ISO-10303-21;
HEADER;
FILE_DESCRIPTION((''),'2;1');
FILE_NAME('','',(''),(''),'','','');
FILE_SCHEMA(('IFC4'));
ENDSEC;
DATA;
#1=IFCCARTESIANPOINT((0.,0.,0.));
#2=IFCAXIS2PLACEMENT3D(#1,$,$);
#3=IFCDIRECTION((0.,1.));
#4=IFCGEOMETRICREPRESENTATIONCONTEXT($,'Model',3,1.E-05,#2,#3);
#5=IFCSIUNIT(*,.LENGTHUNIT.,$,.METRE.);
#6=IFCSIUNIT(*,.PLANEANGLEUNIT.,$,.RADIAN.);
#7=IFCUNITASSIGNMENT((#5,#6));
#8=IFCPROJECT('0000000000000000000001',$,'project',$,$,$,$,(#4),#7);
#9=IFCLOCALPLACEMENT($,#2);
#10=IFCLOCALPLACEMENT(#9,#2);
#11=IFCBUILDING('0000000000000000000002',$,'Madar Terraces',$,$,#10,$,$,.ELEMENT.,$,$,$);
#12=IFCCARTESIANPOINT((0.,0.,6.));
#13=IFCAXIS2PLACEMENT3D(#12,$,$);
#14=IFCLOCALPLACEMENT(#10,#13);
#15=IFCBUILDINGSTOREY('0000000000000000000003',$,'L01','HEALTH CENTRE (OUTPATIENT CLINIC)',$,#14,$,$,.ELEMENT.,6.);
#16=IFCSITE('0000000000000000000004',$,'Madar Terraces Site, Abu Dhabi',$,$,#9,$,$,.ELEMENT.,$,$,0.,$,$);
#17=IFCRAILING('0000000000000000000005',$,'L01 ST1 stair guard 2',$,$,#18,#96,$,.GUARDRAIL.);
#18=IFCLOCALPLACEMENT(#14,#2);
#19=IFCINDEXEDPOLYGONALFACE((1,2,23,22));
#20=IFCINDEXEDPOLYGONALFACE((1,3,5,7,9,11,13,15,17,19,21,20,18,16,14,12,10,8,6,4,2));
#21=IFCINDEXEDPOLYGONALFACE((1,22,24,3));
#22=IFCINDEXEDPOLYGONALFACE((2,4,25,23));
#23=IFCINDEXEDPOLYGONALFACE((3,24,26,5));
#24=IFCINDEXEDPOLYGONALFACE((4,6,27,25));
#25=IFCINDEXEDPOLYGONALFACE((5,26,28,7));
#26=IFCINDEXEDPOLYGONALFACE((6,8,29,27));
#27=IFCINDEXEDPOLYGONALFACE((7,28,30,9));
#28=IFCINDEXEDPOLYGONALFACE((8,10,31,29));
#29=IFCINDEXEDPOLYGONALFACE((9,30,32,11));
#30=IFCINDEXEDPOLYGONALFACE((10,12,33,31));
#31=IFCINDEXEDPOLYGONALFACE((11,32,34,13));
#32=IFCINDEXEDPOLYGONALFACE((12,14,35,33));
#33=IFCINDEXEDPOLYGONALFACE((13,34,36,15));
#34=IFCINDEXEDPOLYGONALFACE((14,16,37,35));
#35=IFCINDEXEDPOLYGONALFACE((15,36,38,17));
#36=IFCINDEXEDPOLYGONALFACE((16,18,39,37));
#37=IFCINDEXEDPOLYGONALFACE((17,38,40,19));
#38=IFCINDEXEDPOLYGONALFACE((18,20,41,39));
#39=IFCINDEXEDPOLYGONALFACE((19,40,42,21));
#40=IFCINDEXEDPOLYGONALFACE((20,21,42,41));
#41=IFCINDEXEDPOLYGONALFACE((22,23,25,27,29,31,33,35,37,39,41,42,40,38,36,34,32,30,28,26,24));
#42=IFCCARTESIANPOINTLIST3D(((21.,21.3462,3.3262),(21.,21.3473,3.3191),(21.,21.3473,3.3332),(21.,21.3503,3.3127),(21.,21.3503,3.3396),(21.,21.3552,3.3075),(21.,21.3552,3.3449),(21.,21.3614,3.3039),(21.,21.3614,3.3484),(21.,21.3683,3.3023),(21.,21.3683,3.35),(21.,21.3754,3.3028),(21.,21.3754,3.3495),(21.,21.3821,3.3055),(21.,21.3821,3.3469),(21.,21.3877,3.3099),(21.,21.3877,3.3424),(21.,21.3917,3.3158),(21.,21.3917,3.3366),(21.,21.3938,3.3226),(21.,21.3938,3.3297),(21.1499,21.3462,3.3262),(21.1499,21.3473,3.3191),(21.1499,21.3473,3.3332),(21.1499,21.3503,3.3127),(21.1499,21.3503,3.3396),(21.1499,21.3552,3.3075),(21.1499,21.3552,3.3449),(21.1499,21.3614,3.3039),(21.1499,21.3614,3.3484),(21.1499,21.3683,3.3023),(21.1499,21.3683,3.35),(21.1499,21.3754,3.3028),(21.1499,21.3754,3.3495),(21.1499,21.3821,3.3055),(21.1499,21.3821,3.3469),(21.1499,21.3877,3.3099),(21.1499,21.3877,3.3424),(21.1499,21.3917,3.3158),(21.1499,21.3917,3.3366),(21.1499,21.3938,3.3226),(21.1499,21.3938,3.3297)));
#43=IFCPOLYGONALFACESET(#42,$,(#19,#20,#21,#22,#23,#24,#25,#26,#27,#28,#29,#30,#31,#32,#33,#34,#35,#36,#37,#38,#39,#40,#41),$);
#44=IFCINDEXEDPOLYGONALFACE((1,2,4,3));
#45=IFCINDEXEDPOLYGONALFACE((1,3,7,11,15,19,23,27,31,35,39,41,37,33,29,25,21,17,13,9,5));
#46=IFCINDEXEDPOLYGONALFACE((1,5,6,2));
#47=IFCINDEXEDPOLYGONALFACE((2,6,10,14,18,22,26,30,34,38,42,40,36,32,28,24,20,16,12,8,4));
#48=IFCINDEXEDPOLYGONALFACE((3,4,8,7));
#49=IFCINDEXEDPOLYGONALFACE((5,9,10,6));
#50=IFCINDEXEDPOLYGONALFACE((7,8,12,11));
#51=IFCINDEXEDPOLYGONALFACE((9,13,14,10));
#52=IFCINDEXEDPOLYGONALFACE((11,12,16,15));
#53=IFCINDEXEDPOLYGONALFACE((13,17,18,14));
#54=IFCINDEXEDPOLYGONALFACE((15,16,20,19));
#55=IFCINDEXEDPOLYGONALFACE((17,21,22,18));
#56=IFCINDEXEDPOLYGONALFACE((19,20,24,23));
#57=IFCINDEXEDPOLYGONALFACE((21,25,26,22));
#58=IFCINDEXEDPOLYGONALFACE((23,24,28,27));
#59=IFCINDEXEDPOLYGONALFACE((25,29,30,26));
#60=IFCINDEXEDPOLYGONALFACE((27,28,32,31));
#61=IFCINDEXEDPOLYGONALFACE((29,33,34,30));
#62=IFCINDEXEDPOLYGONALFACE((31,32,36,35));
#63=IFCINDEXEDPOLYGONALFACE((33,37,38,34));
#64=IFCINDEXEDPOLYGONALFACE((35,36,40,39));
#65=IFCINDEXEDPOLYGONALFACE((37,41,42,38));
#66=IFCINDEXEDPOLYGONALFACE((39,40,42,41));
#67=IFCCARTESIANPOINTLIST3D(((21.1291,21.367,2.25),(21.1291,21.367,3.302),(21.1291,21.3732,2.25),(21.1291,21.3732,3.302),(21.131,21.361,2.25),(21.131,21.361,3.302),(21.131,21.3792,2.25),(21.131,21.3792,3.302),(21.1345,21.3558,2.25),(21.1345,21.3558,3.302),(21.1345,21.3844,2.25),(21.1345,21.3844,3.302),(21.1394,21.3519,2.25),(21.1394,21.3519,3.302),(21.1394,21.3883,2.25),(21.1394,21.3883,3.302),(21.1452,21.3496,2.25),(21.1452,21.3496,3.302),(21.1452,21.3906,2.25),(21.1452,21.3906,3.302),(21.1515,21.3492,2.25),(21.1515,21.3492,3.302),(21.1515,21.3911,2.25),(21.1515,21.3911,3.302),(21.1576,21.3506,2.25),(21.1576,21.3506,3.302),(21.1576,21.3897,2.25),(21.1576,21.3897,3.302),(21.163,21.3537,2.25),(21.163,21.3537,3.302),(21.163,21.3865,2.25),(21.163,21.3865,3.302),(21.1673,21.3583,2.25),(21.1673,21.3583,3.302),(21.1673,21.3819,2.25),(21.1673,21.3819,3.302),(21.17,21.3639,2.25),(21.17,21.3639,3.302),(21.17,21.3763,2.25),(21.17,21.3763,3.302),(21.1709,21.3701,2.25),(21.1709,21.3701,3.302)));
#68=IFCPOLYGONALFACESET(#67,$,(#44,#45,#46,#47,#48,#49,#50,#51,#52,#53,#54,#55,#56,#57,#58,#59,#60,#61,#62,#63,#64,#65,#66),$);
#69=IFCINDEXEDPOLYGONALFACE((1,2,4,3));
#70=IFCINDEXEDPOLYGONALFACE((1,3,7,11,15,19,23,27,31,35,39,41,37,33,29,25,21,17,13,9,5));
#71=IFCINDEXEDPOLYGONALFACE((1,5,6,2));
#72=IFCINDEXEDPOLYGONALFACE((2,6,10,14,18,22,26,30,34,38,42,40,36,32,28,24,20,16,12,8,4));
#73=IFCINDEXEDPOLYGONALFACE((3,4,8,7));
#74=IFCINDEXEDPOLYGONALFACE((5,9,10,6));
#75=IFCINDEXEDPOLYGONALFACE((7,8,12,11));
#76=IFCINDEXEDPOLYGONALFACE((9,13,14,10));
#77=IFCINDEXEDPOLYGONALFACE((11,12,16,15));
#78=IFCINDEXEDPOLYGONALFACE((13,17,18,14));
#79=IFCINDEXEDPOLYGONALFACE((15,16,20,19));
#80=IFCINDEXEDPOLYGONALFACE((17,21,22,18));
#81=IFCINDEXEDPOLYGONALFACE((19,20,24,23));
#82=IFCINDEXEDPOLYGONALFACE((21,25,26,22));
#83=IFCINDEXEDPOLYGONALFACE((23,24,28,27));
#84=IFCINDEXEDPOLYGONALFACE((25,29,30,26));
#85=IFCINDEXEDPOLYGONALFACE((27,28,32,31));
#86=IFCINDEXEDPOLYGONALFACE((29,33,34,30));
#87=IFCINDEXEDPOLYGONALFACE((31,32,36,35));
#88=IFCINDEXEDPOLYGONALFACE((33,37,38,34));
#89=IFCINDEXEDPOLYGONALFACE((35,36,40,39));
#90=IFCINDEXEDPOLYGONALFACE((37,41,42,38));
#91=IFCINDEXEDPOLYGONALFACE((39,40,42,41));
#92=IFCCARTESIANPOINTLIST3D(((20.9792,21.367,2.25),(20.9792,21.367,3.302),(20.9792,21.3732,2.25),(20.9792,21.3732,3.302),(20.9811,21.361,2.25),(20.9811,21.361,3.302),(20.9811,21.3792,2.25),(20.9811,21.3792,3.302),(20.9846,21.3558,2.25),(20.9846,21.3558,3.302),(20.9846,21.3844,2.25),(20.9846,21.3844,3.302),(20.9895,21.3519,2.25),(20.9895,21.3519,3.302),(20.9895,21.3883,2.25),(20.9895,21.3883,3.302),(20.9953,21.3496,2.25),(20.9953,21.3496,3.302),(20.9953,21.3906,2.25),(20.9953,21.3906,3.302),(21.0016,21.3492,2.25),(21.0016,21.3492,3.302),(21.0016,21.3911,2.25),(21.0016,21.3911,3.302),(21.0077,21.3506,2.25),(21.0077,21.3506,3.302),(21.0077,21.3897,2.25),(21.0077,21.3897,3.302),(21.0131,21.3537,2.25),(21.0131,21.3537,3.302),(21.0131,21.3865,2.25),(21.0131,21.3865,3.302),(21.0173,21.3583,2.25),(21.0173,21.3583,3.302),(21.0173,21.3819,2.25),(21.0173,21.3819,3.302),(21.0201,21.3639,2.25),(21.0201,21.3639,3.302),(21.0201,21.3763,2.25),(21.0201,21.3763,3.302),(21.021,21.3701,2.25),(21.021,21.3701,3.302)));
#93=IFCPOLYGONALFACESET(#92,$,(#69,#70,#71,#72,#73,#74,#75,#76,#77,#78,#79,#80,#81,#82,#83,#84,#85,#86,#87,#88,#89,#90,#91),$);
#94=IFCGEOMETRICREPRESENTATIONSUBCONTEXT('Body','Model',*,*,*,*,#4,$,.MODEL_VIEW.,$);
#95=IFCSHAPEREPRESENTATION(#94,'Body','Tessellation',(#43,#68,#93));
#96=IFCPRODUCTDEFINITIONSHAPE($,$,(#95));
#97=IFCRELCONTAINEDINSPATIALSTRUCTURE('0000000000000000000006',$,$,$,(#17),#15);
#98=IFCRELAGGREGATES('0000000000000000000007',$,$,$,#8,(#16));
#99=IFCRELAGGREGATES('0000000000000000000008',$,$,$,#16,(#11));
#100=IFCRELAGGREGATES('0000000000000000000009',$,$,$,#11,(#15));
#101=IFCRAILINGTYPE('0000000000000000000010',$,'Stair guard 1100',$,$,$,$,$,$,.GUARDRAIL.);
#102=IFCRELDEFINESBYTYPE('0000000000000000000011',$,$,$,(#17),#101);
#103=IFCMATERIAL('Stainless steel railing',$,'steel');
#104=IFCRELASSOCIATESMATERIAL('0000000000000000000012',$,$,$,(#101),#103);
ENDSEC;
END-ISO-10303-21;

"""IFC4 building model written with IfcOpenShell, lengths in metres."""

from ifc_helpers import new_model, si_unit, direction, frame, origin, origin_2d, place, context, subcontext, project, spatial, circle, extrude, material, type_object, element, save


model = new_model("IFC4")

# Units and contexts
model_context = context("Model", 3, precision=1e-05, world=origin(), true_north=direction((0.0, 1.0)))
body_context = subcontext(model_context, "Body", "Model", "MODEL_VIEW")
ifc_project = project(units=[si_unit("LENGTHUNIT", "METRE"), si_unit("PLANEANGLEUNIT", "RADIAN")], contexts=[model_context])

# Site, building, storey
site_placement = place(None, origin())
site = spatial("IfcSite", under=ifc_project, at=site_placement, Name="Madar Terraces Site, Abu Dhabi", CompositionType="ELEMENT", RefElevation=0.0)
building_placement = place(site_placement, origin())
building = spatial("IfcBuilding", under=site, at=building_placement, Name="Madar Terraces", CompositionType="ELEMENT")
storey_placement = place(building_placement, frame((0.0, 0.0, 6.0)))
storey = spatial("IfcBuildingStorey", under=building, at=storey_placement, Name="L01", Description="HEALTH CENTRE (OUTPATIENT CLINIC)", CompositionType="ELEMENT", Elevation=6.0)

# Railing
ifc_material_1 = material(Name="Stainless steel railing", Category="steel")
railing_type_1 = type_object("IfcRailingType", Name="Stair guard 1100", PredefinedType="GUARDRAIL", material=ifc_material_1)
railing_1_placement = place(storey_placement, frame((21.1499, 21.3701, 2.25)))
element("IfcRailing", 1, at=railing_1_placement, inside=storey, type_object=railing_type_1, Name="L01 ST1 stair guard 2", PredefinedType="GUARDRAIL", context=body_context, shape_type="SweptSolid", body=[
    extrude(circle(Radius=0.0239, at=origin_2d()), frame((0.0, 0.0, 1.0762), z_axis=(-1.0, 0.0, 0.0), x_axis=(0.0, -1.0, 0.0)), (0.0, 0.0, 1.0), 0.1499),
    extrude(circle(Radius=0.021, at=origin_2d()), origin(), (0.0, 0.0, 1.0), 1.052),
    extrude(circle(Radius=0.021, at=origin_2d()), frame((-0.1499, 0.0, 0.0)), (0.0, 0.0, 1.0), 1.052),
])

save(model, "model.ifc")
